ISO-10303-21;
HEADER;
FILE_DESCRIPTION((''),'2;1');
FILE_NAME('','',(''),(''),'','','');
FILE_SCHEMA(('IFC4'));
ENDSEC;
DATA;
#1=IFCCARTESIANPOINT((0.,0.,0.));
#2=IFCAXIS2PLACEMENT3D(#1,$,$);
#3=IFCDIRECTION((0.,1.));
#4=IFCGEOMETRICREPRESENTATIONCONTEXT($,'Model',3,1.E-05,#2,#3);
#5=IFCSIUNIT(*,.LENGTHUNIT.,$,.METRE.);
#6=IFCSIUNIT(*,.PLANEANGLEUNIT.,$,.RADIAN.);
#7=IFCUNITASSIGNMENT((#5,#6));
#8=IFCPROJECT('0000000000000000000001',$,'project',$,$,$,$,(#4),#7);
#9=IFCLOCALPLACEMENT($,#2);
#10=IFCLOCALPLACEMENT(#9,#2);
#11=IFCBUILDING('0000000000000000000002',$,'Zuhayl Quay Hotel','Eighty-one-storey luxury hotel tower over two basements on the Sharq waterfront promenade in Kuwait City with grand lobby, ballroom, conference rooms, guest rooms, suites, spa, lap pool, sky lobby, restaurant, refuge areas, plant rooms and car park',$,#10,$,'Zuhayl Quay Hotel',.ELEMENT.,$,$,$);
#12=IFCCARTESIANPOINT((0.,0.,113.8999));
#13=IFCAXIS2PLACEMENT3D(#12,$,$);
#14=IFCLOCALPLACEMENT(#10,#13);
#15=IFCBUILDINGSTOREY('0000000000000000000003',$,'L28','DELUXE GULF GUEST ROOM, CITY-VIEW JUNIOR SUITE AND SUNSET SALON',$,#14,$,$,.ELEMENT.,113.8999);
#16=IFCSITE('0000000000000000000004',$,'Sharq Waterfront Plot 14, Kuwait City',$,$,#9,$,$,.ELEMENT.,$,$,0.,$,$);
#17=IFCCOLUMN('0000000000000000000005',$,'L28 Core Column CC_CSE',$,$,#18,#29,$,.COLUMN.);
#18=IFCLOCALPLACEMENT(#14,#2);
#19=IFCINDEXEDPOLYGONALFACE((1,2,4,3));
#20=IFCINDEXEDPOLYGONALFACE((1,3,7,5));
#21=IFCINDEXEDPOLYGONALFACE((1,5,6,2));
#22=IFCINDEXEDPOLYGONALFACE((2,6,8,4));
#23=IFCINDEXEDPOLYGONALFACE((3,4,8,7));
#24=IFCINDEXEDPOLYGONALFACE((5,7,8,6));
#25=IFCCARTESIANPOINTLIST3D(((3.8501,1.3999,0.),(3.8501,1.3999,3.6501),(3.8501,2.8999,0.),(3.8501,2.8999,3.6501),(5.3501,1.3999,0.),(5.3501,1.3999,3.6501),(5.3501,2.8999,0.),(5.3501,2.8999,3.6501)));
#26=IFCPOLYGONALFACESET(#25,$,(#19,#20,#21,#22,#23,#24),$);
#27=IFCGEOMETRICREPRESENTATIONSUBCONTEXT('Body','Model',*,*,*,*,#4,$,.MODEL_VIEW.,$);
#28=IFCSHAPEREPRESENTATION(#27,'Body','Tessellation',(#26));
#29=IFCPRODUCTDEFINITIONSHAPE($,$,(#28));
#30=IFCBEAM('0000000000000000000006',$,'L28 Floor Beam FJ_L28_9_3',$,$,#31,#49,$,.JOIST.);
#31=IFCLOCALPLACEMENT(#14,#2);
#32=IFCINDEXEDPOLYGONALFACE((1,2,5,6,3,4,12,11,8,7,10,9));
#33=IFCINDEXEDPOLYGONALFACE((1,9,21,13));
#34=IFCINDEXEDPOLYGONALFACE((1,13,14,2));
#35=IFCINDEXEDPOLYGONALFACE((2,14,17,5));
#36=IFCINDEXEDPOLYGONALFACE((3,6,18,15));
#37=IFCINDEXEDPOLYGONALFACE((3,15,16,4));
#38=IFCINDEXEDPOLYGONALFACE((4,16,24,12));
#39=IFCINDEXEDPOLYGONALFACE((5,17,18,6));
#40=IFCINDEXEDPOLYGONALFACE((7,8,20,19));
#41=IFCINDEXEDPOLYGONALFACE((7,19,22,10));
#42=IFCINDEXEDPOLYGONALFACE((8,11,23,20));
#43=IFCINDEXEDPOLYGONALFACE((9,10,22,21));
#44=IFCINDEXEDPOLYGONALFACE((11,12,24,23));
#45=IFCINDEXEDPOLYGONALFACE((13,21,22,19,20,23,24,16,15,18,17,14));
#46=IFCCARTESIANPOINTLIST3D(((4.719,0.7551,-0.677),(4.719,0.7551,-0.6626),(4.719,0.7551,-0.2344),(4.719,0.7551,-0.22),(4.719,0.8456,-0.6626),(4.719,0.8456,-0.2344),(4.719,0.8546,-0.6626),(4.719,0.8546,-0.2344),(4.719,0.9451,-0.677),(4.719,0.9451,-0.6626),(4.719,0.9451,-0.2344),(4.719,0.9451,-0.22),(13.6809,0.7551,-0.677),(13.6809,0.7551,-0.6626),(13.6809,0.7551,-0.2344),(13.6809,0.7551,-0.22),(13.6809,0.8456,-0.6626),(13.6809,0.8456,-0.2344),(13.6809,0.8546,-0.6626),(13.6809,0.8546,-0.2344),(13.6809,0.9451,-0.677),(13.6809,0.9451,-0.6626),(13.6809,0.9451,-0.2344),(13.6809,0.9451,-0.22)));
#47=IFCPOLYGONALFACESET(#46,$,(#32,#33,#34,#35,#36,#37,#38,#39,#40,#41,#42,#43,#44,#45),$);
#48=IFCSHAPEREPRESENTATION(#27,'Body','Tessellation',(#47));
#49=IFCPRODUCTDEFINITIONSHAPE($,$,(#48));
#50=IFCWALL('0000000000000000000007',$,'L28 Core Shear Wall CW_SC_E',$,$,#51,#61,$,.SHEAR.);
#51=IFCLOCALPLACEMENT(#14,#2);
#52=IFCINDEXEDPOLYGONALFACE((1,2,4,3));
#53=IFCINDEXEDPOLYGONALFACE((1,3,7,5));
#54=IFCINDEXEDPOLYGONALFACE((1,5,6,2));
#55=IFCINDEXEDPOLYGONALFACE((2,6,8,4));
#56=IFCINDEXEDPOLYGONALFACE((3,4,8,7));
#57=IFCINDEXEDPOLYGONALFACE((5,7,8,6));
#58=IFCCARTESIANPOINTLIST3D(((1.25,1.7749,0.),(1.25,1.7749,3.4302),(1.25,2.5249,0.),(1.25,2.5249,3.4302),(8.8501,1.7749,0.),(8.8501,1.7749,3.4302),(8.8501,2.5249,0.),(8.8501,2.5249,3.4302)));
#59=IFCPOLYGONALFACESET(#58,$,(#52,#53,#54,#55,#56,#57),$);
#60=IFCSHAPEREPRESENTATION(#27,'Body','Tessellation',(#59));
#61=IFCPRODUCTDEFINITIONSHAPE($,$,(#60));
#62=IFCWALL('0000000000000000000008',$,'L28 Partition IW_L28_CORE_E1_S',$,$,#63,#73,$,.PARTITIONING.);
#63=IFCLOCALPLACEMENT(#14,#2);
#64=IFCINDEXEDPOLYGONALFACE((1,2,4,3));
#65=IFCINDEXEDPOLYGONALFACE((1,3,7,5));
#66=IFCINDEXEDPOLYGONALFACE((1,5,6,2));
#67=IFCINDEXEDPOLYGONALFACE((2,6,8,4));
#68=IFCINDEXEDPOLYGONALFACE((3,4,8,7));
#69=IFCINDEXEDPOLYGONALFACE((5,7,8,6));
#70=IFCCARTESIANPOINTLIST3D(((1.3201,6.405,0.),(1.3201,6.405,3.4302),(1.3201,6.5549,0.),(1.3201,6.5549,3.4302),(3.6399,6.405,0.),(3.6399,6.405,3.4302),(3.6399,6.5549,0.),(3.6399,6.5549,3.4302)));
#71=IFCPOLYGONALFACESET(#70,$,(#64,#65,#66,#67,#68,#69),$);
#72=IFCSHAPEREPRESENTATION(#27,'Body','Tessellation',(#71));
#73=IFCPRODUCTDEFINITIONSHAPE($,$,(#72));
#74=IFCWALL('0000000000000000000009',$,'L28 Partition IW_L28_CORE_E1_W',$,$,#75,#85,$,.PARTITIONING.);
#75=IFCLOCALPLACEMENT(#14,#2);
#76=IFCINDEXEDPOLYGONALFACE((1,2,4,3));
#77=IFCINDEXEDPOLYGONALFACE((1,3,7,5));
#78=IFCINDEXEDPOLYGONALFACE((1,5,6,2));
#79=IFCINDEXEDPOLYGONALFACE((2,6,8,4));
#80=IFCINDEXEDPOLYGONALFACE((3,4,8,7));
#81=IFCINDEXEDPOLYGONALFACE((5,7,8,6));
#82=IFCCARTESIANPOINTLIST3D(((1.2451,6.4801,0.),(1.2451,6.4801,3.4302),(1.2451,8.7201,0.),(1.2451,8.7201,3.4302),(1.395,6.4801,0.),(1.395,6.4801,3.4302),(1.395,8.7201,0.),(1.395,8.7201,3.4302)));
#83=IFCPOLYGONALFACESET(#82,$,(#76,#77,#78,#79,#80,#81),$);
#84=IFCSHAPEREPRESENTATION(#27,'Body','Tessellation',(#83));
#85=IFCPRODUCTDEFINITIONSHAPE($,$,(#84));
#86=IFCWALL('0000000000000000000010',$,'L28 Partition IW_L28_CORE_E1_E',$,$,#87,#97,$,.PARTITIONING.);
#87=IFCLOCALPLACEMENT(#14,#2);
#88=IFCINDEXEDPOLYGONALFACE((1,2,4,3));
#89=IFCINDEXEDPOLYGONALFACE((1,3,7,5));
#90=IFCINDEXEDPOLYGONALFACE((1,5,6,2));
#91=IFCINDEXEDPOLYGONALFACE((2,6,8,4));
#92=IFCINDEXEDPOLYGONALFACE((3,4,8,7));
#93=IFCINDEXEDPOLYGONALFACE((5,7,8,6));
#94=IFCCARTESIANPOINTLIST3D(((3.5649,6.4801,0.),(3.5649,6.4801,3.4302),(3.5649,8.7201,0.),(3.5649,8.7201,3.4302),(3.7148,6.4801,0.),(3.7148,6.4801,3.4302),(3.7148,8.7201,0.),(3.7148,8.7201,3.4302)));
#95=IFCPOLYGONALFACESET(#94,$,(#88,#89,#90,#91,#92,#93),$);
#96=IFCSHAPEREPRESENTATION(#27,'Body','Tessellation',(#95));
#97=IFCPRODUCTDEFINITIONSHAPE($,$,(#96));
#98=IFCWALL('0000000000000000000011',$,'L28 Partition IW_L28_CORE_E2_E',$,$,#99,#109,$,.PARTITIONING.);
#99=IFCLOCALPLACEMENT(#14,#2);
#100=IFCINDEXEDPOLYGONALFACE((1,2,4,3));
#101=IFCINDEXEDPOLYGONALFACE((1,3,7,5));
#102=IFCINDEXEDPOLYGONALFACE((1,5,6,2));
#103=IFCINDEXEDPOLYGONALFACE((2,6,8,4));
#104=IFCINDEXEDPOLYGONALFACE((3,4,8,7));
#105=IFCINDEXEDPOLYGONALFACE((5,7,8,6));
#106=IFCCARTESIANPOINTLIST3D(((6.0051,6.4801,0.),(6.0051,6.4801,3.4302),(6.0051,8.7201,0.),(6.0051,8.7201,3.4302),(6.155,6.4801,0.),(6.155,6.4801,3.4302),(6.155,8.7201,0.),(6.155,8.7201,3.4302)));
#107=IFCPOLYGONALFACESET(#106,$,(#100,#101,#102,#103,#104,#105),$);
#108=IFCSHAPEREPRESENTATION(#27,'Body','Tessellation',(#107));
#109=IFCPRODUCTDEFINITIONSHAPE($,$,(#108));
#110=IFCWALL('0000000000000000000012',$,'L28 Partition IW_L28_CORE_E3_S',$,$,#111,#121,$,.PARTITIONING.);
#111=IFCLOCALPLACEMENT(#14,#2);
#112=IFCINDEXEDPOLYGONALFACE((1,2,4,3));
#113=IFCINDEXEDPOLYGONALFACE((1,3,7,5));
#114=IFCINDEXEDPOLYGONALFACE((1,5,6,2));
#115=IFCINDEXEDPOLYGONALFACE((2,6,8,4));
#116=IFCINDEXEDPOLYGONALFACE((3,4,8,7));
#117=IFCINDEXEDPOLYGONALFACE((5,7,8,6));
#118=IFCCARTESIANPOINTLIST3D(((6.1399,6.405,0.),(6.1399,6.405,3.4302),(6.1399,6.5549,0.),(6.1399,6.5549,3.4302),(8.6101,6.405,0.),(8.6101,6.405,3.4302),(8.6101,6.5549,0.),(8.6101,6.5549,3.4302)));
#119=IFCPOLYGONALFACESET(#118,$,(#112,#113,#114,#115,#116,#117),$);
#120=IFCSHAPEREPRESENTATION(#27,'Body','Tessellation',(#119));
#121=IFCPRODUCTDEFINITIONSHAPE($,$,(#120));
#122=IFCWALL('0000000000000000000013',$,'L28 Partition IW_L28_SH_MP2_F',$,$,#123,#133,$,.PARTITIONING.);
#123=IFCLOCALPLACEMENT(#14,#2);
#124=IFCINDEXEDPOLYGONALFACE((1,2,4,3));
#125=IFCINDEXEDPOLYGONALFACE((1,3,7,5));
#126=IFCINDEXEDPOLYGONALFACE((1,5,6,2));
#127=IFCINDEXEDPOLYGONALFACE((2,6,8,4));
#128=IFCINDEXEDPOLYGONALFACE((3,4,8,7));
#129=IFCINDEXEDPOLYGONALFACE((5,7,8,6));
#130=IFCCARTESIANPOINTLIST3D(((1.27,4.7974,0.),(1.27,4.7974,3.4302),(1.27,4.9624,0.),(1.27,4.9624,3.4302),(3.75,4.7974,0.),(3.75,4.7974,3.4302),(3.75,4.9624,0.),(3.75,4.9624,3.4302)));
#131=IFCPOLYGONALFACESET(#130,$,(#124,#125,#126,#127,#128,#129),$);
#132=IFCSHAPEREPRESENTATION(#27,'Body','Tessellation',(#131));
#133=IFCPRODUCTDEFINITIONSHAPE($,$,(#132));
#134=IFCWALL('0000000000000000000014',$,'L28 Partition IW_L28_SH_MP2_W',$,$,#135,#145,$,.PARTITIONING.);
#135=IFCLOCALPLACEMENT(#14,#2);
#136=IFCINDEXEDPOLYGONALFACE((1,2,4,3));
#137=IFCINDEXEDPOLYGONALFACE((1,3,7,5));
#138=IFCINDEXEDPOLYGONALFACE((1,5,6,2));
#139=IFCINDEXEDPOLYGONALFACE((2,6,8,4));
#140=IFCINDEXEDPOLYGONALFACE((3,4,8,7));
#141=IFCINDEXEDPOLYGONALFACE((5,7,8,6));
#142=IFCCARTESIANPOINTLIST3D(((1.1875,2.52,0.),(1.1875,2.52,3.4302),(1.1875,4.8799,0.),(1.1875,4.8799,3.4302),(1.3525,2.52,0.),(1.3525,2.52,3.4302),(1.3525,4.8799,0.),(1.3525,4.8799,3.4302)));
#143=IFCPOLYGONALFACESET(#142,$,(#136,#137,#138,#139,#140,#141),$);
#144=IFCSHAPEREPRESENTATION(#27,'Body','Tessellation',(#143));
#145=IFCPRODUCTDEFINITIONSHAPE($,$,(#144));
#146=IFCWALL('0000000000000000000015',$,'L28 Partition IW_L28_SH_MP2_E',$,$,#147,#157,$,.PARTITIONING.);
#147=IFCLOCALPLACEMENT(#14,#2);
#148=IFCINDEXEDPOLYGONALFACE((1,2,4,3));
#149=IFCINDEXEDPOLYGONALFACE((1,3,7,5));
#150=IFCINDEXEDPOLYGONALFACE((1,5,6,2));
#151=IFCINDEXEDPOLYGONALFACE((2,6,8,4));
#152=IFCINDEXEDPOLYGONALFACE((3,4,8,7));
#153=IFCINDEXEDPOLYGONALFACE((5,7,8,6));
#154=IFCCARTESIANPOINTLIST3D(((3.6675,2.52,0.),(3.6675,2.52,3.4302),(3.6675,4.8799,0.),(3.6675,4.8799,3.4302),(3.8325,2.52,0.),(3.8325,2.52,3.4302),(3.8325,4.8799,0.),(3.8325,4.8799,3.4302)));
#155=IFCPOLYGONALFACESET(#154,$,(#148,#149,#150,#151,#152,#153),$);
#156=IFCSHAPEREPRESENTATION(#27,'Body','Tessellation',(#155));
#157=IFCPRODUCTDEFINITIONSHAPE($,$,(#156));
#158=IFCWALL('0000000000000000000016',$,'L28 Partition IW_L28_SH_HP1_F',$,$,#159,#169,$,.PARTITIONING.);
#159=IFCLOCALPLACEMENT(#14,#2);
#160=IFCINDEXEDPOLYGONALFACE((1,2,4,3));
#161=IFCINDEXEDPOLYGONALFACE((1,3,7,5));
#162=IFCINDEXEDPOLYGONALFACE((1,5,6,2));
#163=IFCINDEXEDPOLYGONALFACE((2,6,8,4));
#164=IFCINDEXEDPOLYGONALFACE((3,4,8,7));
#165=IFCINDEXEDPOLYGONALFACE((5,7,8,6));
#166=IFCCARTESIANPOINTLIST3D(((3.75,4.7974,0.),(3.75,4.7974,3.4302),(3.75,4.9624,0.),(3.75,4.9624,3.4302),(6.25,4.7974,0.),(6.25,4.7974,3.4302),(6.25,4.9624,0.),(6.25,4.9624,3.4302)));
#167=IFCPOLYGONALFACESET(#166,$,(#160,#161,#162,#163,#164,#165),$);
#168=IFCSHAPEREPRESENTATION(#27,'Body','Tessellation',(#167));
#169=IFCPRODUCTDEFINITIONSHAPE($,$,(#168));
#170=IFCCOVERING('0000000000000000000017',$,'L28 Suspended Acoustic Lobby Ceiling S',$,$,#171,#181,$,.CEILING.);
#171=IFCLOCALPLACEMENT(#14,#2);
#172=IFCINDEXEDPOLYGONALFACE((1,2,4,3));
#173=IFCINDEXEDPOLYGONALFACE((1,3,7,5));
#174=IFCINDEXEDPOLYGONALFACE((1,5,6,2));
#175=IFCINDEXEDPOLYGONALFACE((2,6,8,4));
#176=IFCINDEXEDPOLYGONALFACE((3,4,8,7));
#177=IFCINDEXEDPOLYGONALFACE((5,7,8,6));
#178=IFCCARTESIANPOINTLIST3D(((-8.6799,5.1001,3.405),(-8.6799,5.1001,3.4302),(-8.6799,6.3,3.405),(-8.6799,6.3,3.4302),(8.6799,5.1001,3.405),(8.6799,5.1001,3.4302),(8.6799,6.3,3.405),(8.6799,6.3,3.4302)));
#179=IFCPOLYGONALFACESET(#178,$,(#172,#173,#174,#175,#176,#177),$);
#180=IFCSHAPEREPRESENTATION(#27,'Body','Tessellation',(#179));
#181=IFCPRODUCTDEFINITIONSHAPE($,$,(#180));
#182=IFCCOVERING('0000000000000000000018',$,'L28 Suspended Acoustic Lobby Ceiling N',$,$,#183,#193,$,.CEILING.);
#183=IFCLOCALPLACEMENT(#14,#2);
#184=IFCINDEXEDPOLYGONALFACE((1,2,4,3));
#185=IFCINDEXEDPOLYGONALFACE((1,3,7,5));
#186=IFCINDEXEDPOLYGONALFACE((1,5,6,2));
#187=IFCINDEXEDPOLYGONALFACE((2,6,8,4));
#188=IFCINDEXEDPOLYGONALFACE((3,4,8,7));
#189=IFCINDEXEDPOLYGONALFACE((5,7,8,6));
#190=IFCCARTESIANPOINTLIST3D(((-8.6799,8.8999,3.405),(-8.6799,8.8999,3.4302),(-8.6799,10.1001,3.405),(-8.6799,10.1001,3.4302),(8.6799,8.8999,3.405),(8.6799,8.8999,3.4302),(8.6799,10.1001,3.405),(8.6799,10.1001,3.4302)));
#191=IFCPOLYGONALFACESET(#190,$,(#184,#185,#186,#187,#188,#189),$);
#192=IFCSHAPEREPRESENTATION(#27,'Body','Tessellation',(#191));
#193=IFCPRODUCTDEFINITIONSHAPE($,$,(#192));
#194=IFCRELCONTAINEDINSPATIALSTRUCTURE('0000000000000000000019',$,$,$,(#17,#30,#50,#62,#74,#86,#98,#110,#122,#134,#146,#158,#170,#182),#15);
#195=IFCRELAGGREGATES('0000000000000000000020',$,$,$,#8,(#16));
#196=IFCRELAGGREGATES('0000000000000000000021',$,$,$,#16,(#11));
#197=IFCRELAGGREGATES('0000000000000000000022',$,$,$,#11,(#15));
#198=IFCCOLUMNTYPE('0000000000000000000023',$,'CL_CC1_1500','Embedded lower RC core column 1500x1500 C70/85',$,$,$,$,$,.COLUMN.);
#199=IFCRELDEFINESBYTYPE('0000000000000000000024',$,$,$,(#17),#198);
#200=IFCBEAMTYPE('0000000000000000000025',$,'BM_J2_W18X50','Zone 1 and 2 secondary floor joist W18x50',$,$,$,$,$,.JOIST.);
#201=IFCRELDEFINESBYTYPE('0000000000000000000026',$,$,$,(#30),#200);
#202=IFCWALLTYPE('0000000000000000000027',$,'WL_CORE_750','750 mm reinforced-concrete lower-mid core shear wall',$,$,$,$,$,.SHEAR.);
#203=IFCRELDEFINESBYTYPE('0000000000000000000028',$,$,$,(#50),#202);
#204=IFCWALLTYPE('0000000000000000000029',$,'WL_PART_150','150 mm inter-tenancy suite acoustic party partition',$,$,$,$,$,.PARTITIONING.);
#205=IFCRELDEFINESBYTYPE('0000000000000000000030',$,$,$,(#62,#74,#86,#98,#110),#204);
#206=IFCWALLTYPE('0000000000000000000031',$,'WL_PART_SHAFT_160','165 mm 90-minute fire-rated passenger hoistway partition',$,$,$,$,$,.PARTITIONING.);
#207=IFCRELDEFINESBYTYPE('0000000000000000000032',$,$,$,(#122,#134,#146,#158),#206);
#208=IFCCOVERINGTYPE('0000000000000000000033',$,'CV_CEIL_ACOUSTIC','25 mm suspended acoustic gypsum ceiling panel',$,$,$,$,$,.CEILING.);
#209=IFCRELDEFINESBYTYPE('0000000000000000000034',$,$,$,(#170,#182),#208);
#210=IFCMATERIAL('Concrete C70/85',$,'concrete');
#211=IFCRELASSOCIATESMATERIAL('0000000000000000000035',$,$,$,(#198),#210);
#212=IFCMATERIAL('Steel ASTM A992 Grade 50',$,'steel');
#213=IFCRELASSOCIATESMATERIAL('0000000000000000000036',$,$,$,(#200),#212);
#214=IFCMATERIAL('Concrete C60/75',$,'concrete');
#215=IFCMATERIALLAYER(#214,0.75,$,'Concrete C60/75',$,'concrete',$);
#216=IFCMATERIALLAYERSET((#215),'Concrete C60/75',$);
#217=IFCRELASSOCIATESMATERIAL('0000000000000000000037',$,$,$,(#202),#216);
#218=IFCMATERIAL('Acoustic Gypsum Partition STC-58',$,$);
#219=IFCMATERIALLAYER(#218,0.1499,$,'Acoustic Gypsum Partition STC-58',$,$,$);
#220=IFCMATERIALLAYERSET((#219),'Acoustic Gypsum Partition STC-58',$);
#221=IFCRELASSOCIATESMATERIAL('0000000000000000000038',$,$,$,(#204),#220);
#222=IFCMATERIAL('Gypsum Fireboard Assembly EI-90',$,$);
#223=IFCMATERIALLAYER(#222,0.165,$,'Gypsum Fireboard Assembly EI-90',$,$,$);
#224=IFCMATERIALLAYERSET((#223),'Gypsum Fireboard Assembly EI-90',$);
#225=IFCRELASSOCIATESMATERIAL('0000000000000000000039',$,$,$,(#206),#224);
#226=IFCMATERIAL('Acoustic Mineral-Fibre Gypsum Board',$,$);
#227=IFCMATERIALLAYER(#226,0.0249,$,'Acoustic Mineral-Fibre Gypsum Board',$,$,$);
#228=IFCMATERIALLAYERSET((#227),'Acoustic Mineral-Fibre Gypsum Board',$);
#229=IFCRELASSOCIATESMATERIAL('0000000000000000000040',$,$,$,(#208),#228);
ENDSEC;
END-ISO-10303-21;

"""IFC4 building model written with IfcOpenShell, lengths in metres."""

from ifc_helpers import new_model, si_unit, direction, frame, frame_2d, origin, origin_2d, place, context, subcontext, project, spatial, polyline, rectangle, i_section, outline, extrude, material, layer, layer_set, material_profile, profile_set, type_object, element, save


model = new_model("IFC4")

# Units and contexts
model_context = context("Model", 3, precision=1e-05, world=origin(), true_north=direction((0.0, 1.0)))
body_context = subcontext(model_context, "Body", "Model", "MODEL_VIEW")
ifc_project = project(units=[si_unit("LENGTHUNIT", "METRE"), si_unit("PLANEANGLEUNIT", "RADIAN")], contexts=[model_context])

# Site, building, storey
site_placement = place(None, origin())
site = spatial("IfcSite", under=ifc_project, at=site_placement, Name="Sharq Waterfront Plot 14, Kuwait City", CompositionType="ELEMENT", RefElevation=0.0)
building_placement = place(site_placement, origin())
building = spatial("IfcBuilding", under=site, at=building_placement, Name="Zuhayl Quay Hotel", Description="Eighty-one-storey luxury hotel tower over two basements on the Sharq waterfront promenade in Kuwait City with grand lobby, ballroom, conference rooms, guest rooms, suites, spa, lap pool, sky lobby, restaurant, refuge areas, plant rooms and car park", LongName="Zuhayl Quay Hotel", CompositionType="ELEMENT")
storey_placement = place(building_placement, frame((0.0, 0.0, 113.8999)))
storey = spatial("IfcBuildingStorey", under=building, at=storey_placement, Name="L28", Description="DELUXE GULF GUEST ROOM, CITY-VIEW JUNIOR SUITE AND SUNSET SALON", CompositionType="ELEMENT", Elevation=113.8999)

# Column
ifc_material_1 = material(Name="Concrete C70/85", Category="concrete")
ifc_material_profile_1 = material_profile(ifc_material_1, rectangle(XDim=1.5, YDim=1.5, at=origin_2d()), Name="RC1500X1500")
ifc_profile_set_1 = profile_set([ifc_material_profile_1], Name="Concrete C70/85")
column_type = type_object("IfcColumnType", Name="CL_CC1_1500", Description="Embedded lower RC core column 1500x1500 C70/85", PredefinedType="COLUMN", material=ifc_profile_set_1)
column_placement = place(storey_placement, frame((4.6001, 2.1499, 0.0), z_axis=(0.0, 0.0, 1.0), x_axis=(1.0, 0.0, 0.0)))
element("IfcColumn", 1, at=column_placement, inside=storey, type_object=column_type, Name="L28 Core Column CC_CSE", PredefinedType="COLUMN", context=body_context, shape_type="SweptSolid", body=[
    extrude(rectangle(XDim=1.5, YDim=1.5, at=origin_2d()), origin(), (0.0, 0.0, 1.0), 3.6501),
])

# Beam
ifc_material_2 = material(Name="Steel ASTM A992 Grade 50", Category="steel")
ifc_material_profile_2 = material_profile(ifc_material_2, i_section(OverallWidth=0.1899, OverallDepth=0.457, WebThickness=0.009, FlangeThickness=0.0144, at=origin_2d()), Name="W18X50")
ifc_profile_set_2 = profile_set([ifc_material_profile_2], Name="Steel ASTM A992 Grade 50")
beam_type = type_object("IfcBeamType", Name="BM_J2_W18X50", Description="Zone 1 and 2 secondary floor joist W18x50", PredefinedType="JOIST", material=ifc_profile_set_2)
beam_placement = place(storey_placement, frame((4.719, 0.8501, -0.4485), z_axis=(1.0, 0.0, 0.0), x_axis=(0.0, 1.0, 0.0)))
element("IfcBeam", 2, at=beam_placement, inside=storey, type_object=beam_type, Name="L28 Floor Beam FJ_L28_9_3", PredefinedType="JOIST", context=body_context, shape_type="SweptSolid", body=[
    extrude(i_section(OverallWidth=0.1899, OverallDepth=0.457, WebThickness=0.009, FlangeThickness=0.0144, at=origin_2d()), origin(), (0.0, 0.0, 1.0), 8.9619),
])

# Wall
ifc_material_3 = material(Name="Concrete C60/75", Category="concrete")
ifc_layer_1 = layer(ifc_material_3, 0.75, Name="Concrete C60/75", Category="concrete")
ifc_layer_set_1 = layer_set([ifc_layer_1], Name="Concrete C60/75")
wall_type_1 = type_object("IfcWallType", Name="WL_CORE_750", Description="750 mm reinforced-concrete lower-mid core shear wall", PredefinedType="SHEAR", material=ifc_layer_set_1)
wall_1_placement = place(storey_placement, frame((1.25, 2.1499, 0.0), z_axis=(0.0, 0.0, 1.0), x_axis=(1.0, 0.0, 0.0)))
element("IfcWall", 3, at=wall_1_placement, inside=storey, type_object=wall_type_1, Name="L28 Core Shear Wall CW_SC_E", PredefinedType="SHEAR", context=body_context, shape_type="SweptSolid", body=[
    extrude(rectangle(XDim=7.6001, YDim=0.75, at=frame_2d((3.8, 0.0))), origin(), (0.0, 0.0, 1.0), 3.4302),
])

# Shared definitions
ifc_material_4 = material(Name="Acoustic Gypsum Partition STC-58")
ifc_layer_2 = layer(ifc_material_4, 0.1499, Name="Acoustic Gypsum Partition STC-58")
ifc_layer_set_2 = layer_set([ifc_layer_2], Name="Acoustic Gypsum Partition STC-58")
wall_type_2 = type_object("IfcWallType", Name="WL_PART_150", Description="150 mm inter-tenancy suite acoustic party partition", PredefinedType="PARTITIONING", material=ifc_layer_set_2)

# Walls
wall_2_placement = place(storey_placement, frame((1.3201, 6.48, 0.0), z_axis=(0.0, 0.0, 1.0), x_axis=(1.0, 0.0, 0.0)))
element("IfcWall", 4, at=wall_2_placement, inside=storey, type_object=wall_type_2, Name="L28 Partition IW_L28_CORE_E1_S", PredefinedType="PARTITIONING", context=body_context, shape_type="SweptSolid", body=[
    extrude(rectangle(XDim=2.3198, YDim=0.1499, at=frame_2d((1.1599, 0.0))), origin(), (0.0, 0.0, 1.0), 3.4302),
])
for number, where, z_axis, x_axis, name in (
    (5, (1.3201, 6.48, 0.0), (0.0, 0.0, 1.0), (0.0, 1.0, 0.0), "L28 Partition IW_L28_CORE_E1_W"),
    (6, (3.6399, 6.48, 0.0), (0.0, 0.0, 1.0), (0.0, 1.0, 0.0), "L28 Partition IW_L28_CORE_E1_E"),
    (7, (6.0801, 6.48, 0.0), (0.0, 0.0, 1.0), (0.0, 1.0, 0.0), "L28 Partition IW_L28_CORE_E2_E"),
):
    element("IfcWall", number, at=place(storey_placement, frame(where, z_axis=z_axis, x_axis=x_axis)), inside=storey, type_object=wall_type_2, Name=name, PredefinedType="PARTITIONING", context=body_context, shape_type="SweptSolid", body=[
        extrude(rectangle(XDim=2.24, YDim=0.1499, at=frame_2d((1.1201, 0.0))), origin(), (0.0, 0.0, 1.0), 3.4302),
    ])
wall_3_placement = place(storey_placement, frame((6.1399, 6.48, 0.0), z_axis=(0.0, 0.0, 1.0), x_axis=(1.0, 0.0, 0.0)))
element("IfcWall", 8, at=wall_3_placement, inside=storey, type_object=wall_type_2, Name="L28 Partition IW_L28_CORE_E3_S", PredefinedType="PARTITIONING", context=body_context, shape_type="SweptSolid", body=[
    extrude(rectangle(XDim=2.4702, YDim=0.1499, at=frame_2d((1.2351, 0.0))), origin(), (0.0, 0.0, 1.0), 3.4302),
])
ifc_material_5 = material(Name="Gypsum Fireboard Assembly EI-90")
ifc_layer_3 = layer(ifc_material_5, 0.165, Name="Gypsum Fireboard Assembly EI-90")
ifc_layer_set_3 = layer_set([ifc_layer_3], Name="Gypsum Fireboard Assembly EI-90")
wall_type_3 = type_object("IfcWallType", Name="WL_PART_SHAFT_160", Description="165 mm 90-minute fire-rated passenger hoistway partition", PredefinedType="PARTITIONING", material=ifc_layer_set_3)
wall_4_placement = place(storey_placement, frame((1.27, 4.8799, 0.0), z_axis=(0.0, 0.0, 1.0), x_axis=(1.0, 0.0, 0.0)))
element("IfcWall", 9, at=wall_4_placement, inside=storey, type_object=wall_type_3, Name="L28 Partition IW_L28_SH_MP2_F", PredefinedType="PARTITIONING", context=body_context, shape_type="SweptSolid", body=[
    extrude(rectangle(XDim=2.48, YDim=0.165, at=frame_2d((1.24, 0.0))), origin(), (0.0, 0.0, 1.0), 3.4302),
])
for number, where, z_axis, x_axis, name in (
    (10, (1.27, 2.52, 0.0), (0.0, 0.0, 1.0), (0.0, 1.0, 0.0), "L28 Partition IW_L28_SH_MP2_W"),
    (11, (3.75, 2.52, 0.0), (0.0, 0.0, 1.0), (0.0, 1.0, 0.0), "L28 Partition IW_L28_SH_MP2_E"),
):
    element("IfcWall", number, at=place(storey_placement, frame(where, z_axis=z_axis, x_axis=x_axis)), inside=storey, type_object=wall_type_3, Name=name, PredefinedType="PARTITIONING", context=body_context, shape_type="SweptSolid", body=[
        extrude(rectangle(XDim=2.3599, YDim=0.165, at=frame_2d((1.1799, 0.0))), origin(), (0.0, 0.0, 1.0), 3.4302),
    ])
wall_5_placement = place(storey_placement, frame((3.75, 4.8799, 0.0), z_axis=(0.0, 0.0, 1.0), x_axis=(1.0, 0.0, 0.0)))
element("IfcWall", 12, at=wall_5_placement, inside=storey, type_object=wall_type_3, Name="L28 Partition IW_L28_SH_HP1_F", PredefinedType="PARTITIONING", context=body_context, shape_type="SweptSolid", body=[
    extrude(rectangle(XDim=2.5, YDim=0.165, at=frame_2d((1.25, 0.0))), origin(), (0.0, 0.0, 1.0), 3.4302),
])

# Coverings
ifc_material_6 = material(Name="Acoustic Mineral-Fibre Gypsum Board")
ifc_layer_4 = layer(ifc_material_6, 0.0249, Name="Acoustic Mineral-Fibre Gypsum Board")
ifc_layer_set_4 = layer_set([ifc_layer_4], Name="Acoustic Mineral-Fibre Gypsum Board")
covering_type_1 = type_object("IfcCoveringType", Name="CV_CEIL_ACOUSTIC", Description="25 mm suspended acoustic gypsum ceiling panel", PredefinedType="CEILING", material=ifc_layer_set_4)
covering_1_placement = place(storey_placement, frame((0.0, 0.0, 3.405)))
element("IfcCovering", 13, at=covering_1_placement, inside=storey, type_object=covering_type_1, Name="L28 Suspended Acoustic Lobby Ceiling S", PredefinedType="CEILING", context=body_context, shape_type="SweptSolid", body=[
    extrude(outline(polyline([(-8.6799, 5.1001), (8.6799, 5.1001), (8.6799, 6.3), (-8.6799, 6.3), (-8.6799, 5.1001)])), origin(), (0.0, 0.0, 1.0), 0.0251),
])
covering_2_placement = place(storey_placement, frame((0.0, 0.0, 3.405)))
element("IfcCovering", 14, at=covering_2_placement, inside=storey, type_object=covering_type_1, Name="L28 Suspended Acoustic Lobby Ceiling N", PredefinedType="CEILING", context=body_context, shape_type="SweptSolid", body=[
    extrude(outline(polyline([(-8.6799, 8.8999), (8.6799, 8.8999), (8.6799, 10.1001), (-8.6799, 10.1001), (-8.6799, 8.8999)])), origin(), (0.0, 0.0, 1.0), 0.0251),
])

save(model, "model.ifc")
